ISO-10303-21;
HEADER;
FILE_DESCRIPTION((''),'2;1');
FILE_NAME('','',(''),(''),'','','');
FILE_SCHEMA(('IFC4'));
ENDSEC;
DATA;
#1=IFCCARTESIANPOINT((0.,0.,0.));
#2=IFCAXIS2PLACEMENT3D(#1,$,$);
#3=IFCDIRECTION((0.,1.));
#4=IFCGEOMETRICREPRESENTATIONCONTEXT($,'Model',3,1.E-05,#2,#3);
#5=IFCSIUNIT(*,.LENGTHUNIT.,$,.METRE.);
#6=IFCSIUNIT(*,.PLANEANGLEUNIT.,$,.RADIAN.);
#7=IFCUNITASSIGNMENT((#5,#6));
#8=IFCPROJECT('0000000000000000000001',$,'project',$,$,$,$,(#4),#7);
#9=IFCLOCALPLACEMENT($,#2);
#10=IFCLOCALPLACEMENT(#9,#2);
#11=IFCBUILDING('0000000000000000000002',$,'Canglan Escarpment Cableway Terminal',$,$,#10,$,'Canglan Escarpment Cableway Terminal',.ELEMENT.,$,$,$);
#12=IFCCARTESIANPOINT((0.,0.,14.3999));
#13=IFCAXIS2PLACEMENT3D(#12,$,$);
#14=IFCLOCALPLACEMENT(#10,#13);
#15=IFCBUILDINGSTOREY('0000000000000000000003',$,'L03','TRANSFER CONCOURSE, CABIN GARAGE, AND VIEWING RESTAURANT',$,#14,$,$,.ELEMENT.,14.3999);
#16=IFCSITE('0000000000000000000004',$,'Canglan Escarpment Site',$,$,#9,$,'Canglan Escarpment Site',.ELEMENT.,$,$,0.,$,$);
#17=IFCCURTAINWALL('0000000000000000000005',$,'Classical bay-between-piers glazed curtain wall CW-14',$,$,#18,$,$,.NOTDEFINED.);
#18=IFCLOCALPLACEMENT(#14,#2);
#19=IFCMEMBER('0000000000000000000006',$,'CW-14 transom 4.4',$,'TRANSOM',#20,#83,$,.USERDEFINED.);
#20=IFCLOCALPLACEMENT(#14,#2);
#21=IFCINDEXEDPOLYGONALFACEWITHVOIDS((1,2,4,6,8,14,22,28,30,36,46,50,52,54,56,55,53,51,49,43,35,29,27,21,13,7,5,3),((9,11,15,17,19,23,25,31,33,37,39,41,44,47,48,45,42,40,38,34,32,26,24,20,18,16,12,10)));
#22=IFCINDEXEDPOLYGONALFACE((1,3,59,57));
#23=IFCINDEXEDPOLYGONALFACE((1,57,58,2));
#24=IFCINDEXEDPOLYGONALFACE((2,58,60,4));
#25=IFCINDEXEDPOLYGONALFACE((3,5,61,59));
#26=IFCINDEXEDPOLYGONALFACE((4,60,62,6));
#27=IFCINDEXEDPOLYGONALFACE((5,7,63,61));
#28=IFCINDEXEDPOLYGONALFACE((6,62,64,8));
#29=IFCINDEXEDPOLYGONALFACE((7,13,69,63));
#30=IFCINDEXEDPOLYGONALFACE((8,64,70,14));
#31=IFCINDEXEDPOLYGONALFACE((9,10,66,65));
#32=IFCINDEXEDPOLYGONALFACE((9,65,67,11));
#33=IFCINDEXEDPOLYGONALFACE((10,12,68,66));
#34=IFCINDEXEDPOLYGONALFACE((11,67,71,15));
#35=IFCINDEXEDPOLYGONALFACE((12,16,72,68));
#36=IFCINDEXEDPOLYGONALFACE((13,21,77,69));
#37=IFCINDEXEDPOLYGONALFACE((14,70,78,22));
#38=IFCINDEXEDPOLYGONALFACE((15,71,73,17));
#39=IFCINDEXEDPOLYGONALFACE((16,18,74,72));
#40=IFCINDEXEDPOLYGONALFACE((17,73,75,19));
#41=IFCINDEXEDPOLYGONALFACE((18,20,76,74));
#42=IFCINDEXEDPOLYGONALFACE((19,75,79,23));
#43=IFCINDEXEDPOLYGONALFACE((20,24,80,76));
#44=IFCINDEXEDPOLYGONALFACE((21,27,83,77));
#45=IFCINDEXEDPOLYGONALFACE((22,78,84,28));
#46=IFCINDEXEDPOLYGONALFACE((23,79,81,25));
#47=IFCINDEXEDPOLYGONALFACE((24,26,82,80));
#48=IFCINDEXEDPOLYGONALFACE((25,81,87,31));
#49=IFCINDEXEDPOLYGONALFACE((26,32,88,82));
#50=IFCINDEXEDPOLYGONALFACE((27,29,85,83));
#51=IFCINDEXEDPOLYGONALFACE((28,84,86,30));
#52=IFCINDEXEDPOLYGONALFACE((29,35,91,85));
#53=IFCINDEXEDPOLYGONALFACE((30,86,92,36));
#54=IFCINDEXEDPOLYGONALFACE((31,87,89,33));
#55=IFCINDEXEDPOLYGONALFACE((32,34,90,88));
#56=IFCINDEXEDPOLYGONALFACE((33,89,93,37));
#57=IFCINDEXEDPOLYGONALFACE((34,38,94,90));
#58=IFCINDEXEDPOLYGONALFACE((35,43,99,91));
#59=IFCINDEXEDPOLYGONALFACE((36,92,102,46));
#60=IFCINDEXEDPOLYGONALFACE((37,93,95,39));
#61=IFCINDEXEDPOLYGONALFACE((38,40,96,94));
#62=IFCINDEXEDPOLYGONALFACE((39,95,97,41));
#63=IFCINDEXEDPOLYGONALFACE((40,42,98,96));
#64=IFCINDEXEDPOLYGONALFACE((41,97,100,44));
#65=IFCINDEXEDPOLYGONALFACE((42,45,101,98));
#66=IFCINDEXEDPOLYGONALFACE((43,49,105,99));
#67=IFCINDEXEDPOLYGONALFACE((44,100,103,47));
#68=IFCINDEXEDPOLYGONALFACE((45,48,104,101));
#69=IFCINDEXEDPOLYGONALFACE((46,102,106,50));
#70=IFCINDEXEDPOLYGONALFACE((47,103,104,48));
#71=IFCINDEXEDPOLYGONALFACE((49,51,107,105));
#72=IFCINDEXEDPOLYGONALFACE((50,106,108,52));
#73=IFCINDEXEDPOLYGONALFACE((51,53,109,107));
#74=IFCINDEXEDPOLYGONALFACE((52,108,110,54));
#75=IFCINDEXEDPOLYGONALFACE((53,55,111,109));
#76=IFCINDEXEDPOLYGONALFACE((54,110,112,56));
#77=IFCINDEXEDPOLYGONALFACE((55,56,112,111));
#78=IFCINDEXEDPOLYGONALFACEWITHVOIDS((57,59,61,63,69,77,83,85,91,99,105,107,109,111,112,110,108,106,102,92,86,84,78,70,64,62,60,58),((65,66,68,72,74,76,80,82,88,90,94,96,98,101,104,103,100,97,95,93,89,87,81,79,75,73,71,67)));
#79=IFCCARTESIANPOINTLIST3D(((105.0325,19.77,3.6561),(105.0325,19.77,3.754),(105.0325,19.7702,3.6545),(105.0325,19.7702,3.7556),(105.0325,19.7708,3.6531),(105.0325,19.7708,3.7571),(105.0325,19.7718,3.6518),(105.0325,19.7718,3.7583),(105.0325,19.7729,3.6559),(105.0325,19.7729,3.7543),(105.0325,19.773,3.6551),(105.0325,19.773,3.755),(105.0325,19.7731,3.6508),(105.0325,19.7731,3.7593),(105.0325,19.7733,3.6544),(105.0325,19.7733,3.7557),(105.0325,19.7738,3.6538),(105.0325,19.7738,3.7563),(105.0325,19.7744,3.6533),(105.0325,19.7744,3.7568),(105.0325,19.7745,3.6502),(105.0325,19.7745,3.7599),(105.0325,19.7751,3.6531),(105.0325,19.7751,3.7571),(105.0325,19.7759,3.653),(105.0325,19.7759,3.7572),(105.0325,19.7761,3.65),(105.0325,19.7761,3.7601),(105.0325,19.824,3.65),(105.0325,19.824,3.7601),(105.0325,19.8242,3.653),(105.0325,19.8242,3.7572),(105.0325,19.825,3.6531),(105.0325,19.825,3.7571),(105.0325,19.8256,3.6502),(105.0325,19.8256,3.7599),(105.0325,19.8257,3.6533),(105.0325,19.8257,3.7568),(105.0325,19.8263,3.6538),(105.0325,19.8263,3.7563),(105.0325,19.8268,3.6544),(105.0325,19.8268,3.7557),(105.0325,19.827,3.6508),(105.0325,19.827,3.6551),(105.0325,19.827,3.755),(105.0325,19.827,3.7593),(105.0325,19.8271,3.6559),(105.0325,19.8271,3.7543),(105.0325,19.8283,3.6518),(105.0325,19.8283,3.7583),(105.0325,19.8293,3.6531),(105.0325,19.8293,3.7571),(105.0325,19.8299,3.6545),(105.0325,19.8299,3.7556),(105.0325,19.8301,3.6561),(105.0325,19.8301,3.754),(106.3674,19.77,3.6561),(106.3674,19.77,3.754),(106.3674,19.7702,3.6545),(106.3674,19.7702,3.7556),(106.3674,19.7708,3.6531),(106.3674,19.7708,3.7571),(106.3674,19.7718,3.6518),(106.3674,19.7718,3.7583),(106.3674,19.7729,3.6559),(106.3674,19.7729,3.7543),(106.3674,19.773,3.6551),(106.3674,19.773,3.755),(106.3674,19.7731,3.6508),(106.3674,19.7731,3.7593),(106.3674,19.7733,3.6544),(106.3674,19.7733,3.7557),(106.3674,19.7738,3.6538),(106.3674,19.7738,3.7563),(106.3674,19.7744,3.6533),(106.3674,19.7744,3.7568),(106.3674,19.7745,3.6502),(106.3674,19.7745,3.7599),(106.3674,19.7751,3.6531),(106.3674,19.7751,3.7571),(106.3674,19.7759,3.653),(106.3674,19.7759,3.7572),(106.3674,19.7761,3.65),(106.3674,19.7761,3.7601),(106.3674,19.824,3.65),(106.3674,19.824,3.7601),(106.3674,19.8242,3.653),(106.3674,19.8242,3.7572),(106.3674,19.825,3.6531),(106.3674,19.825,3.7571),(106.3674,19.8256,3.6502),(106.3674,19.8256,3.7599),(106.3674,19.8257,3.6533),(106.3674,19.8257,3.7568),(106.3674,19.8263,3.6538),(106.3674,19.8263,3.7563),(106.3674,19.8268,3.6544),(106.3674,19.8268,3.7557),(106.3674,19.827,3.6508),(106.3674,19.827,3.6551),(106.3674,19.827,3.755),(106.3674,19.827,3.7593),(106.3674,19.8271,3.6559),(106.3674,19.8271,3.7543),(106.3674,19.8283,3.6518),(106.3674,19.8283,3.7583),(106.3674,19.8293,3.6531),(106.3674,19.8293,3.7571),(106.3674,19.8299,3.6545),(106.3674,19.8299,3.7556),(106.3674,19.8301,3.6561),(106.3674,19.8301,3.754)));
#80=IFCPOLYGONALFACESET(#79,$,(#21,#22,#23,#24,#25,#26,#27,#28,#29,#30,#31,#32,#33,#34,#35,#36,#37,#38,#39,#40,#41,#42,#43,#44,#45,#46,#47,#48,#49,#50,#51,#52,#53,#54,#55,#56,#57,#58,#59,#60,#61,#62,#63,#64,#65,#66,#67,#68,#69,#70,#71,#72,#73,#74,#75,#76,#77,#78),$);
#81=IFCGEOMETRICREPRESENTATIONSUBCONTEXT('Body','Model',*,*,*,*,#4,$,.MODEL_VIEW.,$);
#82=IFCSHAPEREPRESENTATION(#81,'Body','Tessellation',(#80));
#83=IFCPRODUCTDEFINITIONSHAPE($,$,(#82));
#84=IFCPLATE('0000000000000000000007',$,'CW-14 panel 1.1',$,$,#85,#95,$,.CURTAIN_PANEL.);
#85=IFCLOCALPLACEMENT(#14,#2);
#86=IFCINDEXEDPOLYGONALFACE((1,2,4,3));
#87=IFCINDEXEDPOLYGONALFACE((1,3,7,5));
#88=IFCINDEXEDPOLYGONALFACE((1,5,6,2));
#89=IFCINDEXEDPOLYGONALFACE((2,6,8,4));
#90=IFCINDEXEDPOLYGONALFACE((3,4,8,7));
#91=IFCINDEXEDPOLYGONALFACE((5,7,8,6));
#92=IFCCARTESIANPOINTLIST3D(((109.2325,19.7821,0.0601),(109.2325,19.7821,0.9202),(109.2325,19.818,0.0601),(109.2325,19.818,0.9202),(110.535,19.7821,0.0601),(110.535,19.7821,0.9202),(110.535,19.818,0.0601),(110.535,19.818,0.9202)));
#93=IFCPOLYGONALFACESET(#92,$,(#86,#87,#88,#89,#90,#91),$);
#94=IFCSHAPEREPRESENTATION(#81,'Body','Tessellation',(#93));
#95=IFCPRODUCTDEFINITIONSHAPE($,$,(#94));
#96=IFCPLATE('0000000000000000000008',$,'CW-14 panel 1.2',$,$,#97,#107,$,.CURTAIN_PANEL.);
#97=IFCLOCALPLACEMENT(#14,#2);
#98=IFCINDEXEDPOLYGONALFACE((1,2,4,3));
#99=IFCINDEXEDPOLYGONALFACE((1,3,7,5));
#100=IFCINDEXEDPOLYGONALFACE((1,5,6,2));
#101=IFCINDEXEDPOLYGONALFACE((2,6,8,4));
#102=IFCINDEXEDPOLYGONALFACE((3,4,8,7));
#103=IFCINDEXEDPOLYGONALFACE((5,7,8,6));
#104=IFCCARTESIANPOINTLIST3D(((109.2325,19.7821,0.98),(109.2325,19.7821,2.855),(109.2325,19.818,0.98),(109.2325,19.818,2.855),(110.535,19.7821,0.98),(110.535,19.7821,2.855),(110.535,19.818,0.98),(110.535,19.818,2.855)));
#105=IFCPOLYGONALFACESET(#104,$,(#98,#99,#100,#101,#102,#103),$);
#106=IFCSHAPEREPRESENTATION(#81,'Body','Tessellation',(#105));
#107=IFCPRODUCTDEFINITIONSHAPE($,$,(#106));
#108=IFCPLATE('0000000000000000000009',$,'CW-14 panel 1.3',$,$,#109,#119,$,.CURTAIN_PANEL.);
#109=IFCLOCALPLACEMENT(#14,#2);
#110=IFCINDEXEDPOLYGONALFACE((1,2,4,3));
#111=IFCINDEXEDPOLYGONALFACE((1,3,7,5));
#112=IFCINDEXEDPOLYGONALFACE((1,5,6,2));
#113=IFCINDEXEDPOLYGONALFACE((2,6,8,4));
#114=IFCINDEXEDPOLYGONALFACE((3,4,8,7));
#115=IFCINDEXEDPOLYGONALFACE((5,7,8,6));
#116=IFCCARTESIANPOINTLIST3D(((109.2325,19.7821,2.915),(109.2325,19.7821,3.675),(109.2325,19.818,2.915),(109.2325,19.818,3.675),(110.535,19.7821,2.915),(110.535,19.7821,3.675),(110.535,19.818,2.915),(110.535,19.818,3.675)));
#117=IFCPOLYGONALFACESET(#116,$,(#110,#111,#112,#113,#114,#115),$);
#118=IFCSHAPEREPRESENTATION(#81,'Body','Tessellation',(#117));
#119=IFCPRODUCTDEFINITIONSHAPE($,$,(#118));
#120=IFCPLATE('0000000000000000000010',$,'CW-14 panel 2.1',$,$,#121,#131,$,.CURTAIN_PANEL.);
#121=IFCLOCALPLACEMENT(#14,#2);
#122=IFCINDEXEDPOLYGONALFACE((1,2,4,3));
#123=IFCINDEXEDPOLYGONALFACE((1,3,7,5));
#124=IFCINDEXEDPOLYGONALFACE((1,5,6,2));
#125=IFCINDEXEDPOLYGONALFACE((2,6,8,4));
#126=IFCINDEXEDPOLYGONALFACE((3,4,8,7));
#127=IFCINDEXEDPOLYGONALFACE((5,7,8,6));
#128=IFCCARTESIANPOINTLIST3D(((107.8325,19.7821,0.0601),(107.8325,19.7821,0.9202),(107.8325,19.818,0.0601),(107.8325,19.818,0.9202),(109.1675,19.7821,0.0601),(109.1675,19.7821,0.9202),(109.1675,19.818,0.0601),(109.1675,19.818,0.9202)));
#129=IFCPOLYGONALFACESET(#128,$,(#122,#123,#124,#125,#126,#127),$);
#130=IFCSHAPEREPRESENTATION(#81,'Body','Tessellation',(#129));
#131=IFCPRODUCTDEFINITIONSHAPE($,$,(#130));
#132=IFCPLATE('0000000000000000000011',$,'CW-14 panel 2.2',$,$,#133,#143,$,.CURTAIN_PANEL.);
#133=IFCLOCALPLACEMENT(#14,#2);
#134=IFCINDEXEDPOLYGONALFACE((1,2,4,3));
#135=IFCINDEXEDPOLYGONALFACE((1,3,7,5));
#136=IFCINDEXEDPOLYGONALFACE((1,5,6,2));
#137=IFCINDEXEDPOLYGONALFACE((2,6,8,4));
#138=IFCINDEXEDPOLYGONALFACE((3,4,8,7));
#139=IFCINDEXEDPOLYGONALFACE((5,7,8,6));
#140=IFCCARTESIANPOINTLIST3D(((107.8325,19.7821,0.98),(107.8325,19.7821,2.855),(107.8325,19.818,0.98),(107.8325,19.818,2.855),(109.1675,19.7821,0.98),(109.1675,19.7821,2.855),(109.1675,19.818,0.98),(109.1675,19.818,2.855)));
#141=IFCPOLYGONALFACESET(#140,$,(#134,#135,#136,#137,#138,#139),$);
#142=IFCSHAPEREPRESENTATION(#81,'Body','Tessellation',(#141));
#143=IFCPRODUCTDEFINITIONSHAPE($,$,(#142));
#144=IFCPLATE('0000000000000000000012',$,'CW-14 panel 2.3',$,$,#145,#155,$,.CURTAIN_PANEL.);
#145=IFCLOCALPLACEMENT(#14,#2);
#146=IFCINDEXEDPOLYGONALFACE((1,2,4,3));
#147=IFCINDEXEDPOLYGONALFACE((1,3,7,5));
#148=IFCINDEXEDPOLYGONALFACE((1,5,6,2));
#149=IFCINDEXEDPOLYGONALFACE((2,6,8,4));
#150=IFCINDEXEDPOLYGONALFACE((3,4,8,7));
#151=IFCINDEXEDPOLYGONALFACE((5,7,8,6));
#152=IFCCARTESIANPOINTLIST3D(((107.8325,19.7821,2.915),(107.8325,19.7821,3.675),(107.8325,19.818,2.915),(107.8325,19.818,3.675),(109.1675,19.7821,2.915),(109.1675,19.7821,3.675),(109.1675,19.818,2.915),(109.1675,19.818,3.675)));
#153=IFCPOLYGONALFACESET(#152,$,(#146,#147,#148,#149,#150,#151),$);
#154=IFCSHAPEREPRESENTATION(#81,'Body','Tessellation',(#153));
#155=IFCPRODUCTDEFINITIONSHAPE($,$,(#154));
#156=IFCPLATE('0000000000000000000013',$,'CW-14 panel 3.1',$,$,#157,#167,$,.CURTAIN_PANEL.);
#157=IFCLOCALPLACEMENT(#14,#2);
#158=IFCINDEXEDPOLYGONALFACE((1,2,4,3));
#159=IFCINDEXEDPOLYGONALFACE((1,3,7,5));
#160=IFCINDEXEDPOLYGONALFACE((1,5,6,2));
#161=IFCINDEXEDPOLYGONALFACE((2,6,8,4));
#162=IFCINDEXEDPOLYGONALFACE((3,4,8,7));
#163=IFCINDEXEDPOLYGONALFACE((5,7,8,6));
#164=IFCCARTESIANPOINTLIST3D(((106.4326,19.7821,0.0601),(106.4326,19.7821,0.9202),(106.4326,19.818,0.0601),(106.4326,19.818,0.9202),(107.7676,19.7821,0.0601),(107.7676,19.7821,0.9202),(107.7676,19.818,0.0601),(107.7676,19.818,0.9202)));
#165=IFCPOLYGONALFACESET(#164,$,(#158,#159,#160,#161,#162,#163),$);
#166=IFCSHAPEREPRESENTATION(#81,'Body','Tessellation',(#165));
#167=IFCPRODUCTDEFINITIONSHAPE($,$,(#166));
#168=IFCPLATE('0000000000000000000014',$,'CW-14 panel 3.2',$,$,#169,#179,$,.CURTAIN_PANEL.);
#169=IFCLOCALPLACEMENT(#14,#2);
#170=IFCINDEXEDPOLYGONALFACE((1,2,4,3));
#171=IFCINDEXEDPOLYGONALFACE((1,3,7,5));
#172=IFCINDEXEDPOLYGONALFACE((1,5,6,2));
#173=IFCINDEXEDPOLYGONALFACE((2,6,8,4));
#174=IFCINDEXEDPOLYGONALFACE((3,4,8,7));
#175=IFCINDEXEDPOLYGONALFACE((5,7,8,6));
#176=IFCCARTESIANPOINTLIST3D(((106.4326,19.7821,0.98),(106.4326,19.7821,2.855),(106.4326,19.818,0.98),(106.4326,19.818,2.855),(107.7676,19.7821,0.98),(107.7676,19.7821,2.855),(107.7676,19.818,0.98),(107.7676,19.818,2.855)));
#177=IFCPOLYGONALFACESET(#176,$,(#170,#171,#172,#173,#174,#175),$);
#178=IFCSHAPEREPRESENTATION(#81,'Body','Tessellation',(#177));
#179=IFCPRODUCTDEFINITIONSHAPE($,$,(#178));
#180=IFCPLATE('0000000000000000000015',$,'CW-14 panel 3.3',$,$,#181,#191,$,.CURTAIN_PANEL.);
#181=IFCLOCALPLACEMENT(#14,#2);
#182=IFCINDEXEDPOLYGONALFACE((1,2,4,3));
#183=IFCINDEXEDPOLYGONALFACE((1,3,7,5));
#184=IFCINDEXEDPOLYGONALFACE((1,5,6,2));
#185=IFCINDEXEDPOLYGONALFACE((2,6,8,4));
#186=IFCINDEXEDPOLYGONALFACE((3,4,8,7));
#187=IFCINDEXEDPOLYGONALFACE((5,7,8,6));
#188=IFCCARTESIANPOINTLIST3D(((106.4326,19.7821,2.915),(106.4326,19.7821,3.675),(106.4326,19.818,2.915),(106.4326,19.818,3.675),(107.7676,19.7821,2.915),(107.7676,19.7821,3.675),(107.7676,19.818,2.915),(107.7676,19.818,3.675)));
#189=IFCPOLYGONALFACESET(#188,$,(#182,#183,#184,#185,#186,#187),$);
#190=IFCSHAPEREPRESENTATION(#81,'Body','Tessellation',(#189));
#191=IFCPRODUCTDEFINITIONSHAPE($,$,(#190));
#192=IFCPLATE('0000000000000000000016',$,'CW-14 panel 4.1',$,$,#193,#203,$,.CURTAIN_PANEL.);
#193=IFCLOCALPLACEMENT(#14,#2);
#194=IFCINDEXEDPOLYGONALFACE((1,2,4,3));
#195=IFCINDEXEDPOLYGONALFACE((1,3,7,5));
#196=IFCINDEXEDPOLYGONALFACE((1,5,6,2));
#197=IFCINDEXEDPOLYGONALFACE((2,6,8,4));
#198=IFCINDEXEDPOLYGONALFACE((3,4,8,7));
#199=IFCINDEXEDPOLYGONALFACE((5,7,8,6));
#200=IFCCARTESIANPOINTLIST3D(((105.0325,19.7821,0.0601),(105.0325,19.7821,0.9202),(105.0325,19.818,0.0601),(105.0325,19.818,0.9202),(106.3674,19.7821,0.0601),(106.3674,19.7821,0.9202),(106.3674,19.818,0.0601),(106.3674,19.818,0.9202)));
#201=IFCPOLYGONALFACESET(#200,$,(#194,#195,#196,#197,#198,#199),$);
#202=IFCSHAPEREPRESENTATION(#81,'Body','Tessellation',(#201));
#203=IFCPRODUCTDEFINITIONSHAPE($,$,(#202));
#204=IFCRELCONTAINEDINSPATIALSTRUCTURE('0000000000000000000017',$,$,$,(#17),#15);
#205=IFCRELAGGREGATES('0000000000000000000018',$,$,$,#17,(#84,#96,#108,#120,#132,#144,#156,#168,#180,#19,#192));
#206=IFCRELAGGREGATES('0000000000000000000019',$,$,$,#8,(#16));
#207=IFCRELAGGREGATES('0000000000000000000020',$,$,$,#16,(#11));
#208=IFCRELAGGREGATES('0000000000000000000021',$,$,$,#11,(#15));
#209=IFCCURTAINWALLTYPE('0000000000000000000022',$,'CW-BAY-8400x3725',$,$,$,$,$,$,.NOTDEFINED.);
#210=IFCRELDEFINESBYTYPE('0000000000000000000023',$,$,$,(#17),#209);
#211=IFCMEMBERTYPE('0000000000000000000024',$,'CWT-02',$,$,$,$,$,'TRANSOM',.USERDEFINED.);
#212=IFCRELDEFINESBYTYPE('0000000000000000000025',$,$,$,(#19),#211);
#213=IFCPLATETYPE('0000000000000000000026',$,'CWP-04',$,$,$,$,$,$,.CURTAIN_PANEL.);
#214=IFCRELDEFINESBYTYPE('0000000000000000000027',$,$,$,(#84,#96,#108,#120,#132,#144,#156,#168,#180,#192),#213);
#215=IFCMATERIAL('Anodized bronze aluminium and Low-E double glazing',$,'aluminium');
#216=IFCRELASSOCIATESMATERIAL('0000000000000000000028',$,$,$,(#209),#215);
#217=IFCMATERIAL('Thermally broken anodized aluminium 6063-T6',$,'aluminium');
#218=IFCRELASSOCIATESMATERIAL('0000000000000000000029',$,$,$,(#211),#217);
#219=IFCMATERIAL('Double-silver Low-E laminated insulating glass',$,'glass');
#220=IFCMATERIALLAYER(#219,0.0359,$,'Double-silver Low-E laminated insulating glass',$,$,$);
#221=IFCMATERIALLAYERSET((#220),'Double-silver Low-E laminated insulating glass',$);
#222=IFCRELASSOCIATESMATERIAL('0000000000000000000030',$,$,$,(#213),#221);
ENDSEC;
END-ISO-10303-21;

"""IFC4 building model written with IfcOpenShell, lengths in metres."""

from ifc_helpers import new_model, si_unit, direction, frame, origin, origin_2d, place, context, subcontext, project, spatial, rectangle, hollow_rectangle, extrude, material, layer, layer_set, material_profile, profile_set, type_object, element, aggregate, save


model = new_model("IFC4")

# Units and contexts
model_context = context("Model", 3, precision=1e-05, world=origin(), true_north=direction((0.0, 1.0)))
body_context = subcontext(model_context, "Body", "Model", "MODEL_VIEW")
ifc_project = project(units=[si_unit("LENGTHUNIT", "METRE"), si_unit("PLANEANGLEUNIT", "RADIAN")], contexts=[model_context])

# Site, building, storey
site_placement = place(None, origin())
site = spatial("IfcSite", under=ifc_project, at=site_placement, Name="Canglan Escarpment Site", LongName="Canglan Escarpment Site", CompositionType="ELEMENT", RefElevation=0.0)
building_placement = place(site_placement, origin())
building = spatial("IfcBuilding", under=site, at=building_placement, Name="Canglan Escarpment Cableway Terminal", LongName="Canglan Escarpment Cableway Terminal", CompositionType="ELEMENT")
storey_placement = place(building_placement, frame((0.0, 0.0, 14.3999)))
storey = spatial("IfcBuildingStorey", under=building, at=storey_placement, Name="L03", Description="TRANSFER CONCOURSE, CABIN GARAGE, AND VIEWING RESTAURANT", CompositionType="ELEMENT", Elevation=14.3999)

# Curtain wall, member, plates
ifc_material_1 = material(Name="Anodized bronze aluminium and Low-E double glazing", Category="aluminium")
curtain_wall_type = type_object("IfcCurtainWallType", Name="CW-BAY-8400x3725", PredefinedType="NOTDEFINED", material=ifc_material_1)
curtain_wall_placement = place(storey_placement, origin())
curtain_wall = element("IfcCurtainWall", 1, at=curtain_wall_placement, inside=storey, type_object=curtain_wall_type, Name="Classical bay-between-piers glazed curtain wall CW-14", PredefinedType="NOTDEFINED")
ifc_material_2 = material(Name="Thermally broken anodized aluminium 6063-T6", Category="aluminium")
ifc_material_profile_1 = material_profile(ifc_material_2, hollow_rectangle(XDim=0.0601, YDim=0.1101, WallThickness=0.0029, InnerFilletRadius=0.0029, OuterFilletRadius=0.0061, at=origin_2d()), Name="ALU-TRAN 60x110x3")
ifc_profile_set_1 = profile_set([ifc_material_profile_1], Name="Thermally broken anodized aluminium 6063-T6")
member_type_1 = type_object("IfcMemberType", Name="CWT-02", ElementType="TRANSOM", PredefinedType="USERDEFINED", material=ifc_profile_set_1)
member_1_placement = place(storey_placement, frame((106.3674, 19.8, 3.7051), z_axis=(-1.0, 0.0, 0.0), x_axis=(0.0, -1.0, 0.0)))
member_1 = element("IfcMember", 2, at=member_1_placement, type_object=member_type_1, Name="CW-14 transom 4.4", ObjectType="TRANSOM", PredefinedType="USERDEFINED", context=body_context, shape_type="SweptSolid", body=[
    extrude(hollow_rectangle(XDim=0.0601, YDim=0.1101, WallThickness=0.0029, InnerFilletRadius=0.0029, OuterFilletRadius=0.0061, at=origin_2d()), origin(), (0.0, 0.0, 1.0), 1.335),
])
ifc_material_3 = material(Name="Double-silver Low-E laminated insulating glass", Category="glass")
ifc_layer = layer(ifc_material_3, 0.0359, Name="Double-silver Low-E laminated insulating glass")
ifc_layer_set = layer_set([ifc_layer], Name="Double-silver Low-E laminated insulating glass")
plate_type = type_object("IfcPlateType", Name="CWP-04", PredefinedType="CURTAIN_PANEL", material=ifc_layer_set)
plate_1_placement = place(storey_placement, frame((109.8838, 19.8, 0.0601), z_axis=(0.0, 0.0, 1.0), x_axis=(-1.0, 0.0, 0.0)))
plate_1 = element("IfcPlate", 3, at=plate_1_placement, type_object=plate_type, Name="CW-14 panel 1.1", PredefinedType="CURTAIN_PANEL", context=body_context, shape_type="SweptSolid", body=[
    extrude(rectangle(XDim=1.3025, YDim=0.0359, at=origin_2d()), origin(), (0.0, 0.0, 1.0), 0.8601),
])
plate_2_placement = place(storey_placement, frame((109.8838, 19.8, 0.98), z_axis=(0.0, 0.0, 1.0), x_axis=(-1.0, 0.0, 0.0)))
plate_2 = element("IfcPlate", 4, at=plate_2_placement, type_object=plate_type, Name="CW-14 panel 1.2", PredefinedType="CURTAIN_PANEL", context=body_context, shape_type="SweptSolid", body=[
    extrude(rectangle(XDim=1.3025, YDim=0.0359, at=origin_2d()), origin(), (0.0, 0.0, 1.0), 1.875),
])
plate_3_placement = place(storey_placement, frame((109.8838, 19.8, 2.915), z_axis=(0.0, 0.0, 1.0), x_axis=(-1.0, 0.0, 0.0)))
plate_3 = element("IfcPlate", 5, at=plate_3_placement, type_object=plate_type, Name="CW-14 panel 1.3", PredefinedType="CURTAIN_PANEL", context=body_context, shape_type="SweptSolid", body=[
    extrude(rectangle(XDim=1.3025, YDim=0.0359, at=origin_2d()), origin(), (0.0, 0.0, 1.0), 0.76),
])
plate_4_placement = place(storey_placement, frame((108.5, 19.8, 0.0601), z_axis=(0.0, 0.0, 1.0), x_axis=(-1.0, 0.0, 0.0)))
plate_4 = element("IfcPlate", 6, at=plate_4_placement, type_object=plate_type, Name="CW-14 panel 2.1", PredefinedType="CURTAIN_PANEL", context=body_context, shape_type="SweptSolid", body=[
    extrude(rectangle(XDim=1.335, YDim=0.0359, at=origin_2d()), origin(), (0.0, 0.0, 1.0), 0.8601),
])
plate_5_placement = place(storey_placement, frame((108.5, 19.8, 0.98), z_axis=(0.0, 0.0, 1.0), x_axis=(-1.0, 0.0, 0.0)))
plate_5 = element("IfcPlate", 7, at=plate_5_placement, type_object=plate_type, Name="CW-14 panel 2.2", PredefinedType="CURTAIN_PANEL", context=body_context, shape_type="SweptSolid", body=[
    extrude(rectangle(XDim=1.335, YDim=0.0359, at=origin_2d()), origin(), (0.0, 0.0, 1.0), 1.875),
])
plate_6_placement = place(storey_placement, frame((108.5, 19.8, 2.915), z_axis=(0.0, 0.0, 1.0), x_axis=(-1.0, 0.0, 0.0)))
plate_6 = element("IfcPlate", 8, at=plate_6_placement, type_object=plate_type, Name="CW-14 panel 2.3", PredefinedType="CURTAIN_PANEL", context=body_context, shape_type="SweptSolid", body=[
    extrude(rectangle(XDim=1.335, YDim=0.0359, at=origin_2d()), origin(), (0.0, 0.0, 1.0), 0.76),
])
plate_7_placement = place(storey_placement, frame((107.1001, 19.8, 0.0601), z_axis=(0.0, 0.0, 1.0), x_axis=(-1.0, 0.0, 0.0)))
plate_7 = element("IfcPlate", 9, at=plate_7_placement, type_object=plate_type, Name="CW-14 panel 3.1", PredefinedType="CURTAIN_PANEL", context=body_context, shape_type="SweptSolid", body=[
    extrude(rectangle(XDim=1.335, YDim=0.0359, at=origin_2d()), origin(), (0.0, 0.0, 1.0), 0.8601),
])
plate_8_placement = place(storey_placement, frame((107.1001, 19.8, 0.98), z_axis=(0.0, 0.0, 1.0), x_axis=(-1.0, 0.0, 0.0)))
plate_8 = element("IfcPlate", 10, at=plate_8_placement, type_object=plate_type, Name="CW-14 panel 3.2", PredefinedType="CURTAIN_PANEL", context=body_context, shape_type="SweptSolid", body=[
    extrude(rectangle(XDim=1.335, YDim=0.0359, at=origin_2d()), origin(), (0.0, 0.0, 1.0), 1.875),
])
plate_9_placement = place(storey_placement, frame((107.1001, 19.8, 2.915), z_axis=(0.0, 0.0, 1.0), x_axis=(-1.0, 0.0, 0.0)))
plate_9 = element("IfcPlate", 11, at=plate_9_placement, type_object=plate_type, Name="CW-14 panel 3.3", PredefinedType="CURTAIN_PANEL", context=body_context, shape_type="SweptSolid", body=[
    extrude(rectangle(XDim=1.335, YDim=0.0359, at=origin_2d()), origin(), (0.0, 0.0, 1.0), 0.76),
])
plate_10_placement = place(storey_placement, frame((105.7, 19.8, 0.0601), z_axis=(0.0, 0.0, 1.0), x_axis=(-1.0, 0.0, 0.0)))
plate_10 = element("IfcPlate", 12, at=plate_10_placement, type_object=plate_type, Name="CW-14 panel 4.1", PredefinedType="CURTAIN_PANEL", context=body_context, shape_type="SweptSolid", body=[
    extrude(rectangle(XDim=1.335, YDim=0.0359, at=origin_2d()), origin(), (0.0, 0.0, 1.0), 0.8601),
])
aggregate(curtain_wall, [plate_1, plate_2, plate_3, plate_4, plate_5, plate_6, plate_7, plate_8, plate_9, member_1, plate_10])

save(model, "model.ifc")
